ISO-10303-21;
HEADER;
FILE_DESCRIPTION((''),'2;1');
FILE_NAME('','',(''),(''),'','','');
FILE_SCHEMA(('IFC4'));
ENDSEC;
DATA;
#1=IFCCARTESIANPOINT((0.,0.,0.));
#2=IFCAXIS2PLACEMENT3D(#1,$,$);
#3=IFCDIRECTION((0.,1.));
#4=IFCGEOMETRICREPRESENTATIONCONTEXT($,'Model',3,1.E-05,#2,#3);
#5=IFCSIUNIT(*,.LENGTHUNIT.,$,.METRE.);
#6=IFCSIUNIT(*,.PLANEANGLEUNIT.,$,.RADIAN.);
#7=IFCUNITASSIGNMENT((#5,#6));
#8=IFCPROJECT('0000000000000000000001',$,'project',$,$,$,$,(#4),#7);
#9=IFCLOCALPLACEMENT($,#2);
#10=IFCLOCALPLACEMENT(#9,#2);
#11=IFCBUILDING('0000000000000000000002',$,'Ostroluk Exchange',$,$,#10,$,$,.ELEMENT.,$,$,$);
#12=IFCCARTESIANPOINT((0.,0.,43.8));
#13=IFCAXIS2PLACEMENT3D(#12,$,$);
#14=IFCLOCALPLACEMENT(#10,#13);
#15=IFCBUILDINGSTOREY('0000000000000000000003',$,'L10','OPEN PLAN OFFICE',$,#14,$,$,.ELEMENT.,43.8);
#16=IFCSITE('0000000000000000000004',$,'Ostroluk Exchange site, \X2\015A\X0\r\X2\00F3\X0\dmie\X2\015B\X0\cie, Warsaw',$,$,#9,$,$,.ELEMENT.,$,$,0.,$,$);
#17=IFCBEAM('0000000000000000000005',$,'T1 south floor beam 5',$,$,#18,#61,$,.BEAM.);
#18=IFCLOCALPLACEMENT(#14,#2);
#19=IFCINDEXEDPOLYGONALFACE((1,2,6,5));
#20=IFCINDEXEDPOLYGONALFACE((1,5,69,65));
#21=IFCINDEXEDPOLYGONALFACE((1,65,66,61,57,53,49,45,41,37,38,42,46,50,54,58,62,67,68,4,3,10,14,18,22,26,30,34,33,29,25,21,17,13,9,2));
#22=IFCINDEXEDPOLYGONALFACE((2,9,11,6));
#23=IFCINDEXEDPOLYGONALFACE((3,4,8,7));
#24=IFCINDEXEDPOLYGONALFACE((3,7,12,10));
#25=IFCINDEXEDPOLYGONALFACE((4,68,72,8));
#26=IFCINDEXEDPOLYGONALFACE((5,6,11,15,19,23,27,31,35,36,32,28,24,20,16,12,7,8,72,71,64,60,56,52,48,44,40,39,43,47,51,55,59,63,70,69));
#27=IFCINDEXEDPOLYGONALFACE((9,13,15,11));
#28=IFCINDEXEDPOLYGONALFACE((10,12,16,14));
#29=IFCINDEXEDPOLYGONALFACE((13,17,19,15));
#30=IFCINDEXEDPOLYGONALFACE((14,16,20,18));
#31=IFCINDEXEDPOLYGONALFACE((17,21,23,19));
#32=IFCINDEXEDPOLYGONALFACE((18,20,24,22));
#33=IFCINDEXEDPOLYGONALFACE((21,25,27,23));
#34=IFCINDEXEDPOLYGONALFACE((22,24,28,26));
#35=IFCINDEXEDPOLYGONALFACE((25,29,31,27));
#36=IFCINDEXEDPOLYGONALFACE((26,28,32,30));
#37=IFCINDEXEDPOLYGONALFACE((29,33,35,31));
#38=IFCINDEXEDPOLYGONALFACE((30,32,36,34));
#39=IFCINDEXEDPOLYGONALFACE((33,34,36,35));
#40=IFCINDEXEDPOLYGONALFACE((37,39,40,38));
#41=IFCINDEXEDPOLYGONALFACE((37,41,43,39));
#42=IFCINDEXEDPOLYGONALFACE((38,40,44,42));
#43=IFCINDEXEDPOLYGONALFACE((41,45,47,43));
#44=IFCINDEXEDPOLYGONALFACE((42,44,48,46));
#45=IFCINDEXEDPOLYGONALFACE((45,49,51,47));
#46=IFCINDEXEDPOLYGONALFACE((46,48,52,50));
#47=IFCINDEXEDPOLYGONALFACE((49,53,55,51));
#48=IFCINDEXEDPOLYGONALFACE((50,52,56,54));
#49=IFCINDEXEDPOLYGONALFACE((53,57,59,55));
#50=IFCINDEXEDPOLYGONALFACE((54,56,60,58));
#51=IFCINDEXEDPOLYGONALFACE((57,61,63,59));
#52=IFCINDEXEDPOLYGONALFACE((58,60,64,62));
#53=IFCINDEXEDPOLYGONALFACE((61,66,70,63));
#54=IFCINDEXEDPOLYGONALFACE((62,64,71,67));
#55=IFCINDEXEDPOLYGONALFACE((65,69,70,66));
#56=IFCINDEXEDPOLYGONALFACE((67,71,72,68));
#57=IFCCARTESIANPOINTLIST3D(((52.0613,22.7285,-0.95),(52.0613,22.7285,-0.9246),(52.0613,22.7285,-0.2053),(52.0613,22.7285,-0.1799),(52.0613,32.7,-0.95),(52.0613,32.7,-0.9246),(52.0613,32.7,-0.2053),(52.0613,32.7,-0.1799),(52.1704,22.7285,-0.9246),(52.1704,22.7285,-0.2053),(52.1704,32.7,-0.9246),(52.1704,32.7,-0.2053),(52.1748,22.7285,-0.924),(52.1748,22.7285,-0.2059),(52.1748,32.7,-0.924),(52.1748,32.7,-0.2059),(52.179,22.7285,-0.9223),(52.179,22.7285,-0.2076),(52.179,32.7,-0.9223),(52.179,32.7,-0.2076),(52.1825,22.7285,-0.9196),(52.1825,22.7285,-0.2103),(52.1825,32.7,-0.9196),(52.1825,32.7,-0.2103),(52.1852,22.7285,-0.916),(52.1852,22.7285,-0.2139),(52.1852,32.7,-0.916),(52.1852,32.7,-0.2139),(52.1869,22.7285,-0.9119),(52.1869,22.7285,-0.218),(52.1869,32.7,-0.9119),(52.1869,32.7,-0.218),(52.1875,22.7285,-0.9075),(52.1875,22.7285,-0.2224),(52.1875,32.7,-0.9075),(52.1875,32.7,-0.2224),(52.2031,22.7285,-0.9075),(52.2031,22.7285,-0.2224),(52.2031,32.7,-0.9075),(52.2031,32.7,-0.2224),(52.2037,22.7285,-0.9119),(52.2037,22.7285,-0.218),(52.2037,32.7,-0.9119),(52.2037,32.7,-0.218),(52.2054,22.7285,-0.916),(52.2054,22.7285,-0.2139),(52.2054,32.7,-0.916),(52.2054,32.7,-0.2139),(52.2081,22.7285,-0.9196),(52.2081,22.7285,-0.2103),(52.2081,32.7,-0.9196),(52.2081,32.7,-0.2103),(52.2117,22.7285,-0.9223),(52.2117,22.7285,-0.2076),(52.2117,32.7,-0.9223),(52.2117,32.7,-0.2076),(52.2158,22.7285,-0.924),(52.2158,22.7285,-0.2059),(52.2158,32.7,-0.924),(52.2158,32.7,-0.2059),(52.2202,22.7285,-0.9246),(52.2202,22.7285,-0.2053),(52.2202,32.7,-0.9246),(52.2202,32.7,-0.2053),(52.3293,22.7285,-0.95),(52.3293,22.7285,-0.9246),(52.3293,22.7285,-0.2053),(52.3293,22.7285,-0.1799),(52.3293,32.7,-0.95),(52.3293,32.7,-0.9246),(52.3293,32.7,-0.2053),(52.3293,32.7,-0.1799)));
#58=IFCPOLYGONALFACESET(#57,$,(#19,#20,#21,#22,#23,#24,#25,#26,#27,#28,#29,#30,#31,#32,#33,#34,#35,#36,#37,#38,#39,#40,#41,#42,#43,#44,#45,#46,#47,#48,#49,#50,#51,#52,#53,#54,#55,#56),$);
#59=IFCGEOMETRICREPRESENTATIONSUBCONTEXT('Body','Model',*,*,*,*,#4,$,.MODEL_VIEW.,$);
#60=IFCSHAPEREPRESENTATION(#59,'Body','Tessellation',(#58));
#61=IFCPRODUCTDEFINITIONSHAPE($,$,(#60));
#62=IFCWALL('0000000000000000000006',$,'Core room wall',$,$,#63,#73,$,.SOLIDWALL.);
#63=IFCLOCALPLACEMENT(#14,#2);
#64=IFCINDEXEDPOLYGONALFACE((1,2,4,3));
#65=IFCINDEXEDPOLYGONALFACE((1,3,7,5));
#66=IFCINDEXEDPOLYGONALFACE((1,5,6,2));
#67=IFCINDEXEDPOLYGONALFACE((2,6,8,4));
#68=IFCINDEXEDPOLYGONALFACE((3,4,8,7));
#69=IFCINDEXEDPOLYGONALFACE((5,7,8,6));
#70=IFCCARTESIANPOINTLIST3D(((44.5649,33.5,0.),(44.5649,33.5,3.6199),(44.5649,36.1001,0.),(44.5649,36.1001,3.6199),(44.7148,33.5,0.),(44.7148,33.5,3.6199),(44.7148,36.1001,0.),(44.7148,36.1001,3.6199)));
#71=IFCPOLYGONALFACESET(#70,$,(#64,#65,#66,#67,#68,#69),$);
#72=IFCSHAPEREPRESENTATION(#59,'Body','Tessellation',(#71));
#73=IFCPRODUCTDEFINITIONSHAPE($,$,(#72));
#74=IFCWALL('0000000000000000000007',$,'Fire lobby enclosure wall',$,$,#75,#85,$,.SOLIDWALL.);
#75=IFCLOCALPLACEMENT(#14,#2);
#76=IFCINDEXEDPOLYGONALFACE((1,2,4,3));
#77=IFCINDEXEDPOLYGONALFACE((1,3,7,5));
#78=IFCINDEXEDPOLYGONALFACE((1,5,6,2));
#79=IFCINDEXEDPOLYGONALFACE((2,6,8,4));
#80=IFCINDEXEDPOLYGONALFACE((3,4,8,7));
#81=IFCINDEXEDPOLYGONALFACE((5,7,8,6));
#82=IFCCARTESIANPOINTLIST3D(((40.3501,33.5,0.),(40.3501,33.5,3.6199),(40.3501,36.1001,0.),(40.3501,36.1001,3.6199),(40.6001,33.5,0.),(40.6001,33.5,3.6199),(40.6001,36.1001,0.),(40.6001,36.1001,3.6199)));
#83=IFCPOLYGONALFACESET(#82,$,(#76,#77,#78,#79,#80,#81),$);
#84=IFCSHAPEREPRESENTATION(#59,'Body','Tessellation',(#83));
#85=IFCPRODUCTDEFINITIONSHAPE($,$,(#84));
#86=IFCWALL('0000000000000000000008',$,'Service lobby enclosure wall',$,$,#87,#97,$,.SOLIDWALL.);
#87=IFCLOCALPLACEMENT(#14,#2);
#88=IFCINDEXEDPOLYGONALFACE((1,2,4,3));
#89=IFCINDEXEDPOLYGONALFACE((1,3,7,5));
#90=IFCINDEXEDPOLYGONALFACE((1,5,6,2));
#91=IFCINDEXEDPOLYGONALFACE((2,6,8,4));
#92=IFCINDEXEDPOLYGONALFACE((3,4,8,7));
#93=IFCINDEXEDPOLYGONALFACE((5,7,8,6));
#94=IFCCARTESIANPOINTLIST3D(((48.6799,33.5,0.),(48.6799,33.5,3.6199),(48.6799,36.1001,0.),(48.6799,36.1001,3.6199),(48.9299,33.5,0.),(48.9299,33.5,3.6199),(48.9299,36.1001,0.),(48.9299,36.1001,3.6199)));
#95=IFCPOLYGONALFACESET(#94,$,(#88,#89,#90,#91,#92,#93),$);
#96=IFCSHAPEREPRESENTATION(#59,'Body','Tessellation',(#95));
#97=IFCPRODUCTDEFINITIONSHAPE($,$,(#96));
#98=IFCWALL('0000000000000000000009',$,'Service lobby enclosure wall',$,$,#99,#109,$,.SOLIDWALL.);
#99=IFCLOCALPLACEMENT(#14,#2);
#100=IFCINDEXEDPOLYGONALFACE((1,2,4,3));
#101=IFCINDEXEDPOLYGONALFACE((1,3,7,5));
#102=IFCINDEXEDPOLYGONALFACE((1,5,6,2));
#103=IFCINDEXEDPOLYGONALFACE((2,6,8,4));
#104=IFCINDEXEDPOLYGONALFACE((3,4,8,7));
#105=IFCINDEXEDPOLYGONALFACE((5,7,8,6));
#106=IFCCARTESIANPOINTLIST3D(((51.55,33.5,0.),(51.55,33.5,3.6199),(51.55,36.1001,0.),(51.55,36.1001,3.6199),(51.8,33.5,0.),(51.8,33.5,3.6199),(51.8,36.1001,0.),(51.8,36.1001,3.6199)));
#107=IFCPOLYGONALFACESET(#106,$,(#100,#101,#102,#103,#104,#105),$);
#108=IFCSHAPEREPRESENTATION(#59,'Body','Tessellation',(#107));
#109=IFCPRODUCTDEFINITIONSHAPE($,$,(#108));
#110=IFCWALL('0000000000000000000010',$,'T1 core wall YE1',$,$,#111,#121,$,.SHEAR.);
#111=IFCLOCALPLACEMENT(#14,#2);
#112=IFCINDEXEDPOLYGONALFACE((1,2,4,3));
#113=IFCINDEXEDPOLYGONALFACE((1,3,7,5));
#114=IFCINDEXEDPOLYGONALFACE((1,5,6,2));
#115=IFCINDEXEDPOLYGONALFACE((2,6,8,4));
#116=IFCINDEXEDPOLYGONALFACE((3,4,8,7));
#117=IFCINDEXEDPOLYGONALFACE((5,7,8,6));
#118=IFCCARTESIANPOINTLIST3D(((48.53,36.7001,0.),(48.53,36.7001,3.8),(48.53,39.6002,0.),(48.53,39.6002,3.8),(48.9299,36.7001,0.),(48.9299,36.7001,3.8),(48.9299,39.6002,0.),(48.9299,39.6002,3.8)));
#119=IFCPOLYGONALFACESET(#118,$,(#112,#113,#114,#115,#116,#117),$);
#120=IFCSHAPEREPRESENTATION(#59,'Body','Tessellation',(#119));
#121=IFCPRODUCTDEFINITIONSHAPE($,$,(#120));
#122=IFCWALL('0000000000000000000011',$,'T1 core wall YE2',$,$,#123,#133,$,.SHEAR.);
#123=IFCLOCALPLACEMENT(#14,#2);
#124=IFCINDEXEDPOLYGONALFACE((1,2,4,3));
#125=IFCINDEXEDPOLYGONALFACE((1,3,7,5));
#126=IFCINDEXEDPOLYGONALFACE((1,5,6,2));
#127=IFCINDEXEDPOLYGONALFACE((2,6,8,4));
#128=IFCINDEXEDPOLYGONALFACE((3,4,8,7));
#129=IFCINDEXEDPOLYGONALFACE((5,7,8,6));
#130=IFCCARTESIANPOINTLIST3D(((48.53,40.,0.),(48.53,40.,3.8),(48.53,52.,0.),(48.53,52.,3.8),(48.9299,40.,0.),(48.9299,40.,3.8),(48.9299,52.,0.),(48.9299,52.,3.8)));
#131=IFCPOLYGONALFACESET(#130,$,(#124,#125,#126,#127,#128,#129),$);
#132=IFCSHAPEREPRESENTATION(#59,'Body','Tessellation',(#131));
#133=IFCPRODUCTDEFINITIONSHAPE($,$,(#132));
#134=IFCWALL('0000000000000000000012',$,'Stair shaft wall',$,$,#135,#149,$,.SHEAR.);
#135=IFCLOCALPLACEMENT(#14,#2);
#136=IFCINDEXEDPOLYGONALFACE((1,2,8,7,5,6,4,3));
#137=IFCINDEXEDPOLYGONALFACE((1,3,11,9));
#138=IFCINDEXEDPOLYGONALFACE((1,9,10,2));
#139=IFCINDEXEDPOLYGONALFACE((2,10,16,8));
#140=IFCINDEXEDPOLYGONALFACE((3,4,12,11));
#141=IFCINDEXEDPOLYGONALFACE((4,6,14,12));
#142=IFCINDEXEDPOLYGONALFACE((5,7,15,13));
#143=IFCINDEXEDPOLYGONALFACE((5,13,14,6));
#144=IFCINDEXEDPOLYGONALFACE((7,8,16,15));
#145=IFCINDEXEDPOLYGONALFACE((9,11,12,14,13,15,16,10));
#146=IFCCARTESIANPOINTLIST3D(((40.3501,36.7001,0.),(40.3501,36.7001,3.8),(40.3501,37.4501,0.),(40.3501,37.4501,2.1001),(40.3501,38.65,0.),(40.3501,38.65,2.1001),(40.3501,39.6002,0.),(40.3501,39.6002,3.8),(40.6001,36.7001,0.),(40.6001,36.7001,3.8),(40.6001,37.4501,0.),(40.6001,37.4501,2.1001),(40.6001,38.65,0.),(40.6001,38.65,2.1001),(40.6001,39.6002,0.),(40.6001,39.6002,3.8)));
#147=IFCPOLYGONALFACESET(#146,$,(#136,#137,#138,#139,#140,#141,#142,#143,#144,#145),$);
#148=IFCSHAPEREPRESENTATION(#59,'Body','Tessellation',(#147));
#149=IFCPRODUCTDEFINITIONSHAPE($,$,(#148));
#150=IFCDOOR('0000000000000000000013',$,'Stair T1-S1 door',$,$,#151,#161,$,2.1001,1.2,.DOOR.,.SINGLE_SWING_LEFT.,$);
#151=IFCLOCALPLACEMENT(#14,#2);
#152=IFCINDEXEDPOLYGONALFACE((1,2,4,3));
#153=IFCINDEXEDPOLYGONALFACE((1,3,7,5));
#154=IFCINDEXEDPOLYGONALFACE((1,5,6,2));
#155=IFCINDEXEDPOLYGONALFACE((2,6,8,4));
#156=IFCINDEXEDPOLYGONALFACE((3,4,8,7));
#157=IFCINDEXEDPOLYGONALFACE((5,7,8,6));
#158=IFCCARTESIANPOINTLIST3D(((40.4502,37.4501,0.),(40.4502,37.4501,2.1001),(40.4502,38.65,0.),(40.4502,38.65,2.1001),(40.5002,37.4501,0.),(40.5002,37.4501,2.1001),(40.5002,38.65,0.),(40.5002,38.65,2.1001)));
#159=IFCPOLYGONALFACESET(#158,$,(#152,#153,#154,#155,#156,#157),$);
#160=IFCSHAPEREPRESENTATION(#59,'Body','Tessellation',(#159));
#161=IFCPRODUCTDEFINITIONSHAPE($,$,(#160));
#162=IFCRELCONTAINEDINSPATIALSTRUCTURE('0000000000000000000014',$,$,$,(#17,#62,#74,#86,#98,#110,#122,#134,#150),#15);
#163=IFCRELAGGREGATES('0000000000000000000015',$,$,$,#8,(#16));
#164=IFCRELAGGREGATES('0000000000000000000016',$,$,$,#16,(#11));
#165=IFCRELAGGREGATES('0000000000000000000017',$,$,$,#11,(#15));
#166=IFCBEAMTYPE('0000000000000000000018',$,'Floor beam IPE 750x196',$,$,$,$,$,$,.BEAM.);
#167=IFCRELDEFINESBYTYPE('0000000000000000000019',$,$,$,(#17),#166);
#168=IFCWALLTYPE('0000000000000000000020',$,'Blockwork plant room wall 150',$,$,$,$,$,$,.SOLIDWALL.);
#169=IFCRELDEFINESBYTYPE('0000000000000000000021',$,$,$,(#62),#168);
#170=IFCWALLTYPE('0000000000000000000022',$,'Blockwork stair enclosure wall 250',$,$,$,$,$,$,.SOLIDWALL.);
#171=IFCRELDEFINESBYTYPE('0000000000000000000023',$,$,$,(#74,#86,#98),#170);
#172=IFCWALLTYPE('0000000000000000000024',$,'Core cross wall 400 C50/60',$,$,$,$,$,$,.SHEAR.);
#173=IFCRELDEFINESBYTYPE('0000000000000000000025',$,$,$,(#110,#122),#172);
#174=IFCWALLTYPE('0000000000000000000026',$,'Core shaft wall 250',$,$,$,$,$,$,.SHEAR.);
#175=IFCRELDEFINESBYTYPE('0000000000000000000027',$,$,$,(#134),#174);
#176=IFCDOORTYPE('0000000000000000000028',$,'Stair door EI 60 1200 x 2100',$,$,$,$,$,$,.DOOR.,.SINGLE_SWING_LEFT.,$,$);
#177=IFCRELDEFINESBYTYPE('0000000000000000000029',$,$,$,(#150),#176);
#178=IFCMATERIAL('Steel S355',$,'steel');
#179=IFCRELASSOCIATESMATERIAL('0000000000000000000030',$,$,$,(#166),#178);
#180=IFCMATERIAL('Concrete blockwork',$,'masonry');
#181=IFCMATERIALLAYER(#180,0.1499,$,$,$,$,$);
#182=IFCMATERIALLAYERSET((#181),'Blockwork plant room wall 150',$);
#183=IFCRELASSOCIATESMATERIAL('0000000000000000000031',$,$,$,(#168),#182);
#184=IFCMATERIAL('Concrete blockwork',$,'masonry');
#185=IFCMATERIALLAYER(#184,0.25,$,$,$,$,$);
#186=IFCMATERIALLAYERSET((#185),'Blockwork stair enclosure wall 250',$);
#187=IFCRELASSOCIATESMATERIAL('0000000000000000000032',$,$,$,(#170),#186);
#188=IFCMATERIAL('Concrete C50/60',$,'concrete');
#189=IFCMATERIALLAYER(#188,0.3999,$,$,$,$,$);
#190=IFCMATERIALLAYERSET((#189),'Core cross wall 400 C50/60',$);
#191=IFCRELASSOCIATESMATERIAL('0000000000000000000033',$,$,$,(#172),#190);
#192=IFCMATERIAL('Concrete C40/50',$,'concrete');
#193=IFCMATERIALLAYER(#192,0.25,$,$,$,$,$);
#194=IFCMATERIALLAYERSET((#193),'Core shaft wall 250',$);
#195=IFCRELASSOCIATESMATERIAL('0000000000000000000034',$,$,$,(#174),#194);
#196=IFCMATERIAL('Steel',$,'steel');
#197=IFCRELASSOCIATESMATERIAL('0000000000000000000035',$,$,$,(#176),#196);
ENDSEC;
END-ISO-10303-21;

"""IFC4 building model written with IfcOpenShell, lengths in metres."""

from ifc_helpers import new_model, si_unit, direction, frame, frame_2d, origin, origin_2d, place, context, subcontext, project, spatial, rectangle, i_section, extrude, material, layer, layer_set, material_profile, profile_set, type_object, element, fill, save


model = new_model("IFC4")

# Units and contexts
model_context = context("Model", 3, precision=1e-05, world=origin(), true_north=direction((0.0, 1.0)))
body_context = subcontext(model_context, "Body", "Model", "MODEL_VIEW")
ifc_project = project(units=[si_unit("LENGTHUNIT", "METRE"), si_unit("PLANEANGLEUNIT", "RADIAN")], contexts=[model_context])

# Site, building, storey
site_placement = place(None, origin())
site = spatial("IfcSite", under=ifc_project, at=site_placement, Name="Ostroluk Exchange site, Śródmieście, Warsaw", CompositionType="ELEMENT", RefElevation=0.0)
building_placement = place(site_placement, origin())
building = spatial("IfcBuilding", under=site, at=building_placement, Name="Ostroluk Exchange", CompositionType="ELEMENT")
storey_placement = place(building_placement, frame((0.0, 0.0, 43.8)))
storey = spatial("IfcBuildingStorey", under=building, at=storey_placement, Name="L10", Description="OPEN PLAN OFFICE", CompositionType="ELEMENT", Elevation=43.8)

# Beam
ifc_material_1 = material(Name="Steel S355", Category="steel")
ifc_material_profile_1 = material_profile(ifc_material_1, i_section(OverallWidth=0.2681, OverallDepth=0.77, WebThickness=0.0156, FlangeThickness=0.0254, FilletRadius=0.0171, at=origin_2d()), Name="IPE 750x196")
ifc_profile_set_1 = profile_set([ifc_material_profile_1], Name="Steel S355")
beam_type_1 = type_object("IfcBeamType", Name="Floor beam IPE 750x196", PredefinedType="BEAM", material=ifc_profile_set_1)
for number, where, z_axis, x_axis, name in (
    (1, (52.1953, 32.7, -0.5649), (0.0, -1.0, 0.0), (1.0, 0.0, 0.0), "T1 south floor beam 5"),
):
    element("IfcBeam", number, at=place(storey_placement, frame(where, z_axis=z_axis, x_axis=x_axis)), inside=storey, type_object=beam_type_1, Name=name, PredefinedType="BEAM", context=body_context, shape_type="SweptSolid", body=[
        extrude(i_section(OverallWidth=0.2681, OverallDepth=0.77, WebThickness=0.0156, FlangeThickness=0.0254, FilletRadius=0.0171, at=origin_2d()), origin(), (0.0, 0.0, 1.0), 9.9714),
    ])

# Walls
ifc_material_2 = material(Name="Concrete blockwork", Category="masonry")
ifc_layer_1 = layer(ifc_material_2, 0.1499)
ifc_layer_set_1 = layer_set([ifc_layer_1], Name="Blockwork plant room wall 150")
wall_type_1 = type_object("IfcWallType", Name="Blockwork plant room wall 150", PredefinedType="SOLIDWALL", material=ifc_layer_set_1)
wall_1_placement = place(storey_placement, frame((44.6399, 33.5, 0.0), z_axis=(0.0, 0.0, 1.0), x_axis=(0.0, 1.0, 0.0)))
element("IfcWall", 2, at=wall_1_placement, inside=storey, type_object=wall_type_1, Name="Core room wall", PredefinedType="SOLIDWALL", context=body_context, shape_type="SweptSolid", body=[
    extrude(rectangle(XDim=2.6001, YDim=0.1499, at=frame_2d((1.3, 0.0))), origin(), (0.0, 0.0, 1.0), 3.6199),
])
ifc_material_3 = material(Name="Concrete blockwork", Category="masonry")
ifc_layer_2 = layer(ifc_material_3, 0.25)
ifc_layer_set_2 = layer_set([ifc_layer_2], Name="Blockwork stair enclosure wall 250")
wall_type_2 = type_object("IfcWallType", Name="Blockwork stair enclosure wall 250", PredefinedType="SOLIDWALL", material=ifc_layer_set_2)
for number, where, z_axis, x_axis, name in (
    (3, (40.4751, 33.5, 0.0), (0.0, 0.0, 1.0), (0.0, 1.0, 0.0), "Fire lobby enclosure wall"),
    (4, (48.8049, 33.5, 0.0), (0.0, 0.0, 1.0), (0.0, 1.0, 0.0), "Service lobby enclosure wall"),
    (5, (51.675, 33.5, 0.0), (0.0, 0.0, 1.0), (0.0, 1.0, 0.0), "Service lobby enclosure wall"),
):
    element("IfcWall", number, at=place(storey_placement, frame(where, z_axis=z_axis, x_axis=x_axis)), inside=storey, type_object=wall_type_2, Name=name, PredefinedType="SOLIDWALL", context=body_context, shape_type="SweptSolid", body=[
        extrude(rectangle(XDim=2.6001, YDim=0.25, at=frame_2d((1.3, 0.0))), origin(), (0.0, 0.0, 1.0), 3.6199),
    ])
ifc_material_4 = material(Name="Concrete C50/60", Category="concrete")
ifc_layer_3 = layer(ifc_material_4, 0.3999)
ifc_layer_set_3 = layer_set([ifc_layer_3], Name="Core cross wall 400 C50/60")
wall_type_3 = type_object("IfcWallType", Name="Core cross wall 400 C50/60", PredefinedType="SHEAR", material=ifc_layer_set_3)
wall_2_placement = place(storey_placement, frame((48.73, 36.7, 0.0), z_axis=(0.0, 0.0, 1.0), x_axis=(0.0, 1.0, 0.0)))
element("IfcWall", 6, at=wall_2_placement, inside=storey, type_object=wall_type_3, Name="T1 core wall YE1", PredefinedType="SHEAR", context=body_context, shape_type="SweptSolid", body=[
    extrude(rectangle(XDim=2.9001, YDim=0.3999, at=frame_2d((1.4502, 0.0))), origin(), (0.0, 0.0, 1.0), 3.8),
])
wall_3_placement = place(storey_placement, frame((48.73, 40.0, 0.0), z_axis=(0.0, 0.0, 1.0), x_axis=(0.0, 1.0, 0.0)))
element("IfcWall", 7, at=wall_3_placement, inside=storey, type_object=wall_type_3, Name="T1 core wall YE2", PredefinedType="SHEAR", context=body_context, shape_type="SweptSolid", body=[
    extrude(rectangle(XDim=12.0, YDim=0.3999, at=frame_2d((6.0, 0.0))), origin(), (0.0, 0.0, 1.0), 3.8),
])

# Wall, opening, door
ifc_material_5 = material(Name="Concrete C40/50", Category="concrete")
ifc_layer_4 = layer(ifc_material_5, 0.25)
ifc_layer_set_4 = layer_set([ifc_layer_4], Name="Core shaft wall 250")
wall_type_4 = type_object("IfcWallType", Name="Core shaft wall 250", PredefinedType="SHEAR", material=ifc_layer_set_4)
wall_4_placement = place(storey_placement, frame((40.4751, 36.7, 0.0), z_axis=(0.0, 0.0, 1.0), x_axis=(0.0, 1.0, 0.0)))
wall_4 = element("IfcWall", 8, at=wall_4_placement, inside=storey, type_object=wall_type_4, Name="Stair shaft wall", PredefinedType="SHEAR", context=body_context, shape_type="SweptSolid", body=[
    extrude(rectangle(XDim=2.9001, YDim=0.25, at=frame_2d((1.4502, 0.0))), origin(), (0.0, 0.0, 1.0), 3.8),
])
opening_1_placement = place(wall_4_placement, frame((0.75, 0.0, 0.0)))
opening_1 = element("IfcOpeningElement", 9, at=opening_1_placement, cuts=wall_4, PredefinedType="OPENING", context=body_context, shape_type="SweptSolid", body=[
    extrude(rectangle(XDim=1.2, YDim=2.1001, at=frame_2d((0.6001, 1.05))), frame((0.0, 0.135, 0.0), z_axis=(0.0, -1.0, 0.0), x_axis=(1.0, 0.0, 0.0)), (0.0, 0.0, 1.0), 0.27),
])
ifc_material_6 = material(Name="Steel", Category="steel")
door_type_1 = type_object("IfcDoorType", Name="Stair door EI 60 1200 x 2100", OperationType="SINGLE_SWING_LEFT", PredefinedType="DOOR", material=ifc_material_6)
door_1_placement = place(opening_1_placement, origin())
door_1 = element("IfcDoor", 10, at=door_1_placement, inside=storey, type_object=door_type_1, Name="Stair T1-S1 door", OperationType="SINGLE_SWING_LEFT", OverallHeight=2.1001, OverallWidth=1.2, PredefinedType="DOOR", context=body_context, shape_type="SweptSolid", body=[
    extrude(rectangle(XDim=1.2, YDim=2.1001, at=frame_2d((0.6001, 1.05))), frame((0.0, 0.0249, 0.0), z_axis=(0.0, -1.0, 0.0), x_axis=(1.0, 0.0, 0.0)), (0.0, 0.0, 1.0), 0.05),
])
fill(opening_1, door_1)

save(model, "model.ifc")
